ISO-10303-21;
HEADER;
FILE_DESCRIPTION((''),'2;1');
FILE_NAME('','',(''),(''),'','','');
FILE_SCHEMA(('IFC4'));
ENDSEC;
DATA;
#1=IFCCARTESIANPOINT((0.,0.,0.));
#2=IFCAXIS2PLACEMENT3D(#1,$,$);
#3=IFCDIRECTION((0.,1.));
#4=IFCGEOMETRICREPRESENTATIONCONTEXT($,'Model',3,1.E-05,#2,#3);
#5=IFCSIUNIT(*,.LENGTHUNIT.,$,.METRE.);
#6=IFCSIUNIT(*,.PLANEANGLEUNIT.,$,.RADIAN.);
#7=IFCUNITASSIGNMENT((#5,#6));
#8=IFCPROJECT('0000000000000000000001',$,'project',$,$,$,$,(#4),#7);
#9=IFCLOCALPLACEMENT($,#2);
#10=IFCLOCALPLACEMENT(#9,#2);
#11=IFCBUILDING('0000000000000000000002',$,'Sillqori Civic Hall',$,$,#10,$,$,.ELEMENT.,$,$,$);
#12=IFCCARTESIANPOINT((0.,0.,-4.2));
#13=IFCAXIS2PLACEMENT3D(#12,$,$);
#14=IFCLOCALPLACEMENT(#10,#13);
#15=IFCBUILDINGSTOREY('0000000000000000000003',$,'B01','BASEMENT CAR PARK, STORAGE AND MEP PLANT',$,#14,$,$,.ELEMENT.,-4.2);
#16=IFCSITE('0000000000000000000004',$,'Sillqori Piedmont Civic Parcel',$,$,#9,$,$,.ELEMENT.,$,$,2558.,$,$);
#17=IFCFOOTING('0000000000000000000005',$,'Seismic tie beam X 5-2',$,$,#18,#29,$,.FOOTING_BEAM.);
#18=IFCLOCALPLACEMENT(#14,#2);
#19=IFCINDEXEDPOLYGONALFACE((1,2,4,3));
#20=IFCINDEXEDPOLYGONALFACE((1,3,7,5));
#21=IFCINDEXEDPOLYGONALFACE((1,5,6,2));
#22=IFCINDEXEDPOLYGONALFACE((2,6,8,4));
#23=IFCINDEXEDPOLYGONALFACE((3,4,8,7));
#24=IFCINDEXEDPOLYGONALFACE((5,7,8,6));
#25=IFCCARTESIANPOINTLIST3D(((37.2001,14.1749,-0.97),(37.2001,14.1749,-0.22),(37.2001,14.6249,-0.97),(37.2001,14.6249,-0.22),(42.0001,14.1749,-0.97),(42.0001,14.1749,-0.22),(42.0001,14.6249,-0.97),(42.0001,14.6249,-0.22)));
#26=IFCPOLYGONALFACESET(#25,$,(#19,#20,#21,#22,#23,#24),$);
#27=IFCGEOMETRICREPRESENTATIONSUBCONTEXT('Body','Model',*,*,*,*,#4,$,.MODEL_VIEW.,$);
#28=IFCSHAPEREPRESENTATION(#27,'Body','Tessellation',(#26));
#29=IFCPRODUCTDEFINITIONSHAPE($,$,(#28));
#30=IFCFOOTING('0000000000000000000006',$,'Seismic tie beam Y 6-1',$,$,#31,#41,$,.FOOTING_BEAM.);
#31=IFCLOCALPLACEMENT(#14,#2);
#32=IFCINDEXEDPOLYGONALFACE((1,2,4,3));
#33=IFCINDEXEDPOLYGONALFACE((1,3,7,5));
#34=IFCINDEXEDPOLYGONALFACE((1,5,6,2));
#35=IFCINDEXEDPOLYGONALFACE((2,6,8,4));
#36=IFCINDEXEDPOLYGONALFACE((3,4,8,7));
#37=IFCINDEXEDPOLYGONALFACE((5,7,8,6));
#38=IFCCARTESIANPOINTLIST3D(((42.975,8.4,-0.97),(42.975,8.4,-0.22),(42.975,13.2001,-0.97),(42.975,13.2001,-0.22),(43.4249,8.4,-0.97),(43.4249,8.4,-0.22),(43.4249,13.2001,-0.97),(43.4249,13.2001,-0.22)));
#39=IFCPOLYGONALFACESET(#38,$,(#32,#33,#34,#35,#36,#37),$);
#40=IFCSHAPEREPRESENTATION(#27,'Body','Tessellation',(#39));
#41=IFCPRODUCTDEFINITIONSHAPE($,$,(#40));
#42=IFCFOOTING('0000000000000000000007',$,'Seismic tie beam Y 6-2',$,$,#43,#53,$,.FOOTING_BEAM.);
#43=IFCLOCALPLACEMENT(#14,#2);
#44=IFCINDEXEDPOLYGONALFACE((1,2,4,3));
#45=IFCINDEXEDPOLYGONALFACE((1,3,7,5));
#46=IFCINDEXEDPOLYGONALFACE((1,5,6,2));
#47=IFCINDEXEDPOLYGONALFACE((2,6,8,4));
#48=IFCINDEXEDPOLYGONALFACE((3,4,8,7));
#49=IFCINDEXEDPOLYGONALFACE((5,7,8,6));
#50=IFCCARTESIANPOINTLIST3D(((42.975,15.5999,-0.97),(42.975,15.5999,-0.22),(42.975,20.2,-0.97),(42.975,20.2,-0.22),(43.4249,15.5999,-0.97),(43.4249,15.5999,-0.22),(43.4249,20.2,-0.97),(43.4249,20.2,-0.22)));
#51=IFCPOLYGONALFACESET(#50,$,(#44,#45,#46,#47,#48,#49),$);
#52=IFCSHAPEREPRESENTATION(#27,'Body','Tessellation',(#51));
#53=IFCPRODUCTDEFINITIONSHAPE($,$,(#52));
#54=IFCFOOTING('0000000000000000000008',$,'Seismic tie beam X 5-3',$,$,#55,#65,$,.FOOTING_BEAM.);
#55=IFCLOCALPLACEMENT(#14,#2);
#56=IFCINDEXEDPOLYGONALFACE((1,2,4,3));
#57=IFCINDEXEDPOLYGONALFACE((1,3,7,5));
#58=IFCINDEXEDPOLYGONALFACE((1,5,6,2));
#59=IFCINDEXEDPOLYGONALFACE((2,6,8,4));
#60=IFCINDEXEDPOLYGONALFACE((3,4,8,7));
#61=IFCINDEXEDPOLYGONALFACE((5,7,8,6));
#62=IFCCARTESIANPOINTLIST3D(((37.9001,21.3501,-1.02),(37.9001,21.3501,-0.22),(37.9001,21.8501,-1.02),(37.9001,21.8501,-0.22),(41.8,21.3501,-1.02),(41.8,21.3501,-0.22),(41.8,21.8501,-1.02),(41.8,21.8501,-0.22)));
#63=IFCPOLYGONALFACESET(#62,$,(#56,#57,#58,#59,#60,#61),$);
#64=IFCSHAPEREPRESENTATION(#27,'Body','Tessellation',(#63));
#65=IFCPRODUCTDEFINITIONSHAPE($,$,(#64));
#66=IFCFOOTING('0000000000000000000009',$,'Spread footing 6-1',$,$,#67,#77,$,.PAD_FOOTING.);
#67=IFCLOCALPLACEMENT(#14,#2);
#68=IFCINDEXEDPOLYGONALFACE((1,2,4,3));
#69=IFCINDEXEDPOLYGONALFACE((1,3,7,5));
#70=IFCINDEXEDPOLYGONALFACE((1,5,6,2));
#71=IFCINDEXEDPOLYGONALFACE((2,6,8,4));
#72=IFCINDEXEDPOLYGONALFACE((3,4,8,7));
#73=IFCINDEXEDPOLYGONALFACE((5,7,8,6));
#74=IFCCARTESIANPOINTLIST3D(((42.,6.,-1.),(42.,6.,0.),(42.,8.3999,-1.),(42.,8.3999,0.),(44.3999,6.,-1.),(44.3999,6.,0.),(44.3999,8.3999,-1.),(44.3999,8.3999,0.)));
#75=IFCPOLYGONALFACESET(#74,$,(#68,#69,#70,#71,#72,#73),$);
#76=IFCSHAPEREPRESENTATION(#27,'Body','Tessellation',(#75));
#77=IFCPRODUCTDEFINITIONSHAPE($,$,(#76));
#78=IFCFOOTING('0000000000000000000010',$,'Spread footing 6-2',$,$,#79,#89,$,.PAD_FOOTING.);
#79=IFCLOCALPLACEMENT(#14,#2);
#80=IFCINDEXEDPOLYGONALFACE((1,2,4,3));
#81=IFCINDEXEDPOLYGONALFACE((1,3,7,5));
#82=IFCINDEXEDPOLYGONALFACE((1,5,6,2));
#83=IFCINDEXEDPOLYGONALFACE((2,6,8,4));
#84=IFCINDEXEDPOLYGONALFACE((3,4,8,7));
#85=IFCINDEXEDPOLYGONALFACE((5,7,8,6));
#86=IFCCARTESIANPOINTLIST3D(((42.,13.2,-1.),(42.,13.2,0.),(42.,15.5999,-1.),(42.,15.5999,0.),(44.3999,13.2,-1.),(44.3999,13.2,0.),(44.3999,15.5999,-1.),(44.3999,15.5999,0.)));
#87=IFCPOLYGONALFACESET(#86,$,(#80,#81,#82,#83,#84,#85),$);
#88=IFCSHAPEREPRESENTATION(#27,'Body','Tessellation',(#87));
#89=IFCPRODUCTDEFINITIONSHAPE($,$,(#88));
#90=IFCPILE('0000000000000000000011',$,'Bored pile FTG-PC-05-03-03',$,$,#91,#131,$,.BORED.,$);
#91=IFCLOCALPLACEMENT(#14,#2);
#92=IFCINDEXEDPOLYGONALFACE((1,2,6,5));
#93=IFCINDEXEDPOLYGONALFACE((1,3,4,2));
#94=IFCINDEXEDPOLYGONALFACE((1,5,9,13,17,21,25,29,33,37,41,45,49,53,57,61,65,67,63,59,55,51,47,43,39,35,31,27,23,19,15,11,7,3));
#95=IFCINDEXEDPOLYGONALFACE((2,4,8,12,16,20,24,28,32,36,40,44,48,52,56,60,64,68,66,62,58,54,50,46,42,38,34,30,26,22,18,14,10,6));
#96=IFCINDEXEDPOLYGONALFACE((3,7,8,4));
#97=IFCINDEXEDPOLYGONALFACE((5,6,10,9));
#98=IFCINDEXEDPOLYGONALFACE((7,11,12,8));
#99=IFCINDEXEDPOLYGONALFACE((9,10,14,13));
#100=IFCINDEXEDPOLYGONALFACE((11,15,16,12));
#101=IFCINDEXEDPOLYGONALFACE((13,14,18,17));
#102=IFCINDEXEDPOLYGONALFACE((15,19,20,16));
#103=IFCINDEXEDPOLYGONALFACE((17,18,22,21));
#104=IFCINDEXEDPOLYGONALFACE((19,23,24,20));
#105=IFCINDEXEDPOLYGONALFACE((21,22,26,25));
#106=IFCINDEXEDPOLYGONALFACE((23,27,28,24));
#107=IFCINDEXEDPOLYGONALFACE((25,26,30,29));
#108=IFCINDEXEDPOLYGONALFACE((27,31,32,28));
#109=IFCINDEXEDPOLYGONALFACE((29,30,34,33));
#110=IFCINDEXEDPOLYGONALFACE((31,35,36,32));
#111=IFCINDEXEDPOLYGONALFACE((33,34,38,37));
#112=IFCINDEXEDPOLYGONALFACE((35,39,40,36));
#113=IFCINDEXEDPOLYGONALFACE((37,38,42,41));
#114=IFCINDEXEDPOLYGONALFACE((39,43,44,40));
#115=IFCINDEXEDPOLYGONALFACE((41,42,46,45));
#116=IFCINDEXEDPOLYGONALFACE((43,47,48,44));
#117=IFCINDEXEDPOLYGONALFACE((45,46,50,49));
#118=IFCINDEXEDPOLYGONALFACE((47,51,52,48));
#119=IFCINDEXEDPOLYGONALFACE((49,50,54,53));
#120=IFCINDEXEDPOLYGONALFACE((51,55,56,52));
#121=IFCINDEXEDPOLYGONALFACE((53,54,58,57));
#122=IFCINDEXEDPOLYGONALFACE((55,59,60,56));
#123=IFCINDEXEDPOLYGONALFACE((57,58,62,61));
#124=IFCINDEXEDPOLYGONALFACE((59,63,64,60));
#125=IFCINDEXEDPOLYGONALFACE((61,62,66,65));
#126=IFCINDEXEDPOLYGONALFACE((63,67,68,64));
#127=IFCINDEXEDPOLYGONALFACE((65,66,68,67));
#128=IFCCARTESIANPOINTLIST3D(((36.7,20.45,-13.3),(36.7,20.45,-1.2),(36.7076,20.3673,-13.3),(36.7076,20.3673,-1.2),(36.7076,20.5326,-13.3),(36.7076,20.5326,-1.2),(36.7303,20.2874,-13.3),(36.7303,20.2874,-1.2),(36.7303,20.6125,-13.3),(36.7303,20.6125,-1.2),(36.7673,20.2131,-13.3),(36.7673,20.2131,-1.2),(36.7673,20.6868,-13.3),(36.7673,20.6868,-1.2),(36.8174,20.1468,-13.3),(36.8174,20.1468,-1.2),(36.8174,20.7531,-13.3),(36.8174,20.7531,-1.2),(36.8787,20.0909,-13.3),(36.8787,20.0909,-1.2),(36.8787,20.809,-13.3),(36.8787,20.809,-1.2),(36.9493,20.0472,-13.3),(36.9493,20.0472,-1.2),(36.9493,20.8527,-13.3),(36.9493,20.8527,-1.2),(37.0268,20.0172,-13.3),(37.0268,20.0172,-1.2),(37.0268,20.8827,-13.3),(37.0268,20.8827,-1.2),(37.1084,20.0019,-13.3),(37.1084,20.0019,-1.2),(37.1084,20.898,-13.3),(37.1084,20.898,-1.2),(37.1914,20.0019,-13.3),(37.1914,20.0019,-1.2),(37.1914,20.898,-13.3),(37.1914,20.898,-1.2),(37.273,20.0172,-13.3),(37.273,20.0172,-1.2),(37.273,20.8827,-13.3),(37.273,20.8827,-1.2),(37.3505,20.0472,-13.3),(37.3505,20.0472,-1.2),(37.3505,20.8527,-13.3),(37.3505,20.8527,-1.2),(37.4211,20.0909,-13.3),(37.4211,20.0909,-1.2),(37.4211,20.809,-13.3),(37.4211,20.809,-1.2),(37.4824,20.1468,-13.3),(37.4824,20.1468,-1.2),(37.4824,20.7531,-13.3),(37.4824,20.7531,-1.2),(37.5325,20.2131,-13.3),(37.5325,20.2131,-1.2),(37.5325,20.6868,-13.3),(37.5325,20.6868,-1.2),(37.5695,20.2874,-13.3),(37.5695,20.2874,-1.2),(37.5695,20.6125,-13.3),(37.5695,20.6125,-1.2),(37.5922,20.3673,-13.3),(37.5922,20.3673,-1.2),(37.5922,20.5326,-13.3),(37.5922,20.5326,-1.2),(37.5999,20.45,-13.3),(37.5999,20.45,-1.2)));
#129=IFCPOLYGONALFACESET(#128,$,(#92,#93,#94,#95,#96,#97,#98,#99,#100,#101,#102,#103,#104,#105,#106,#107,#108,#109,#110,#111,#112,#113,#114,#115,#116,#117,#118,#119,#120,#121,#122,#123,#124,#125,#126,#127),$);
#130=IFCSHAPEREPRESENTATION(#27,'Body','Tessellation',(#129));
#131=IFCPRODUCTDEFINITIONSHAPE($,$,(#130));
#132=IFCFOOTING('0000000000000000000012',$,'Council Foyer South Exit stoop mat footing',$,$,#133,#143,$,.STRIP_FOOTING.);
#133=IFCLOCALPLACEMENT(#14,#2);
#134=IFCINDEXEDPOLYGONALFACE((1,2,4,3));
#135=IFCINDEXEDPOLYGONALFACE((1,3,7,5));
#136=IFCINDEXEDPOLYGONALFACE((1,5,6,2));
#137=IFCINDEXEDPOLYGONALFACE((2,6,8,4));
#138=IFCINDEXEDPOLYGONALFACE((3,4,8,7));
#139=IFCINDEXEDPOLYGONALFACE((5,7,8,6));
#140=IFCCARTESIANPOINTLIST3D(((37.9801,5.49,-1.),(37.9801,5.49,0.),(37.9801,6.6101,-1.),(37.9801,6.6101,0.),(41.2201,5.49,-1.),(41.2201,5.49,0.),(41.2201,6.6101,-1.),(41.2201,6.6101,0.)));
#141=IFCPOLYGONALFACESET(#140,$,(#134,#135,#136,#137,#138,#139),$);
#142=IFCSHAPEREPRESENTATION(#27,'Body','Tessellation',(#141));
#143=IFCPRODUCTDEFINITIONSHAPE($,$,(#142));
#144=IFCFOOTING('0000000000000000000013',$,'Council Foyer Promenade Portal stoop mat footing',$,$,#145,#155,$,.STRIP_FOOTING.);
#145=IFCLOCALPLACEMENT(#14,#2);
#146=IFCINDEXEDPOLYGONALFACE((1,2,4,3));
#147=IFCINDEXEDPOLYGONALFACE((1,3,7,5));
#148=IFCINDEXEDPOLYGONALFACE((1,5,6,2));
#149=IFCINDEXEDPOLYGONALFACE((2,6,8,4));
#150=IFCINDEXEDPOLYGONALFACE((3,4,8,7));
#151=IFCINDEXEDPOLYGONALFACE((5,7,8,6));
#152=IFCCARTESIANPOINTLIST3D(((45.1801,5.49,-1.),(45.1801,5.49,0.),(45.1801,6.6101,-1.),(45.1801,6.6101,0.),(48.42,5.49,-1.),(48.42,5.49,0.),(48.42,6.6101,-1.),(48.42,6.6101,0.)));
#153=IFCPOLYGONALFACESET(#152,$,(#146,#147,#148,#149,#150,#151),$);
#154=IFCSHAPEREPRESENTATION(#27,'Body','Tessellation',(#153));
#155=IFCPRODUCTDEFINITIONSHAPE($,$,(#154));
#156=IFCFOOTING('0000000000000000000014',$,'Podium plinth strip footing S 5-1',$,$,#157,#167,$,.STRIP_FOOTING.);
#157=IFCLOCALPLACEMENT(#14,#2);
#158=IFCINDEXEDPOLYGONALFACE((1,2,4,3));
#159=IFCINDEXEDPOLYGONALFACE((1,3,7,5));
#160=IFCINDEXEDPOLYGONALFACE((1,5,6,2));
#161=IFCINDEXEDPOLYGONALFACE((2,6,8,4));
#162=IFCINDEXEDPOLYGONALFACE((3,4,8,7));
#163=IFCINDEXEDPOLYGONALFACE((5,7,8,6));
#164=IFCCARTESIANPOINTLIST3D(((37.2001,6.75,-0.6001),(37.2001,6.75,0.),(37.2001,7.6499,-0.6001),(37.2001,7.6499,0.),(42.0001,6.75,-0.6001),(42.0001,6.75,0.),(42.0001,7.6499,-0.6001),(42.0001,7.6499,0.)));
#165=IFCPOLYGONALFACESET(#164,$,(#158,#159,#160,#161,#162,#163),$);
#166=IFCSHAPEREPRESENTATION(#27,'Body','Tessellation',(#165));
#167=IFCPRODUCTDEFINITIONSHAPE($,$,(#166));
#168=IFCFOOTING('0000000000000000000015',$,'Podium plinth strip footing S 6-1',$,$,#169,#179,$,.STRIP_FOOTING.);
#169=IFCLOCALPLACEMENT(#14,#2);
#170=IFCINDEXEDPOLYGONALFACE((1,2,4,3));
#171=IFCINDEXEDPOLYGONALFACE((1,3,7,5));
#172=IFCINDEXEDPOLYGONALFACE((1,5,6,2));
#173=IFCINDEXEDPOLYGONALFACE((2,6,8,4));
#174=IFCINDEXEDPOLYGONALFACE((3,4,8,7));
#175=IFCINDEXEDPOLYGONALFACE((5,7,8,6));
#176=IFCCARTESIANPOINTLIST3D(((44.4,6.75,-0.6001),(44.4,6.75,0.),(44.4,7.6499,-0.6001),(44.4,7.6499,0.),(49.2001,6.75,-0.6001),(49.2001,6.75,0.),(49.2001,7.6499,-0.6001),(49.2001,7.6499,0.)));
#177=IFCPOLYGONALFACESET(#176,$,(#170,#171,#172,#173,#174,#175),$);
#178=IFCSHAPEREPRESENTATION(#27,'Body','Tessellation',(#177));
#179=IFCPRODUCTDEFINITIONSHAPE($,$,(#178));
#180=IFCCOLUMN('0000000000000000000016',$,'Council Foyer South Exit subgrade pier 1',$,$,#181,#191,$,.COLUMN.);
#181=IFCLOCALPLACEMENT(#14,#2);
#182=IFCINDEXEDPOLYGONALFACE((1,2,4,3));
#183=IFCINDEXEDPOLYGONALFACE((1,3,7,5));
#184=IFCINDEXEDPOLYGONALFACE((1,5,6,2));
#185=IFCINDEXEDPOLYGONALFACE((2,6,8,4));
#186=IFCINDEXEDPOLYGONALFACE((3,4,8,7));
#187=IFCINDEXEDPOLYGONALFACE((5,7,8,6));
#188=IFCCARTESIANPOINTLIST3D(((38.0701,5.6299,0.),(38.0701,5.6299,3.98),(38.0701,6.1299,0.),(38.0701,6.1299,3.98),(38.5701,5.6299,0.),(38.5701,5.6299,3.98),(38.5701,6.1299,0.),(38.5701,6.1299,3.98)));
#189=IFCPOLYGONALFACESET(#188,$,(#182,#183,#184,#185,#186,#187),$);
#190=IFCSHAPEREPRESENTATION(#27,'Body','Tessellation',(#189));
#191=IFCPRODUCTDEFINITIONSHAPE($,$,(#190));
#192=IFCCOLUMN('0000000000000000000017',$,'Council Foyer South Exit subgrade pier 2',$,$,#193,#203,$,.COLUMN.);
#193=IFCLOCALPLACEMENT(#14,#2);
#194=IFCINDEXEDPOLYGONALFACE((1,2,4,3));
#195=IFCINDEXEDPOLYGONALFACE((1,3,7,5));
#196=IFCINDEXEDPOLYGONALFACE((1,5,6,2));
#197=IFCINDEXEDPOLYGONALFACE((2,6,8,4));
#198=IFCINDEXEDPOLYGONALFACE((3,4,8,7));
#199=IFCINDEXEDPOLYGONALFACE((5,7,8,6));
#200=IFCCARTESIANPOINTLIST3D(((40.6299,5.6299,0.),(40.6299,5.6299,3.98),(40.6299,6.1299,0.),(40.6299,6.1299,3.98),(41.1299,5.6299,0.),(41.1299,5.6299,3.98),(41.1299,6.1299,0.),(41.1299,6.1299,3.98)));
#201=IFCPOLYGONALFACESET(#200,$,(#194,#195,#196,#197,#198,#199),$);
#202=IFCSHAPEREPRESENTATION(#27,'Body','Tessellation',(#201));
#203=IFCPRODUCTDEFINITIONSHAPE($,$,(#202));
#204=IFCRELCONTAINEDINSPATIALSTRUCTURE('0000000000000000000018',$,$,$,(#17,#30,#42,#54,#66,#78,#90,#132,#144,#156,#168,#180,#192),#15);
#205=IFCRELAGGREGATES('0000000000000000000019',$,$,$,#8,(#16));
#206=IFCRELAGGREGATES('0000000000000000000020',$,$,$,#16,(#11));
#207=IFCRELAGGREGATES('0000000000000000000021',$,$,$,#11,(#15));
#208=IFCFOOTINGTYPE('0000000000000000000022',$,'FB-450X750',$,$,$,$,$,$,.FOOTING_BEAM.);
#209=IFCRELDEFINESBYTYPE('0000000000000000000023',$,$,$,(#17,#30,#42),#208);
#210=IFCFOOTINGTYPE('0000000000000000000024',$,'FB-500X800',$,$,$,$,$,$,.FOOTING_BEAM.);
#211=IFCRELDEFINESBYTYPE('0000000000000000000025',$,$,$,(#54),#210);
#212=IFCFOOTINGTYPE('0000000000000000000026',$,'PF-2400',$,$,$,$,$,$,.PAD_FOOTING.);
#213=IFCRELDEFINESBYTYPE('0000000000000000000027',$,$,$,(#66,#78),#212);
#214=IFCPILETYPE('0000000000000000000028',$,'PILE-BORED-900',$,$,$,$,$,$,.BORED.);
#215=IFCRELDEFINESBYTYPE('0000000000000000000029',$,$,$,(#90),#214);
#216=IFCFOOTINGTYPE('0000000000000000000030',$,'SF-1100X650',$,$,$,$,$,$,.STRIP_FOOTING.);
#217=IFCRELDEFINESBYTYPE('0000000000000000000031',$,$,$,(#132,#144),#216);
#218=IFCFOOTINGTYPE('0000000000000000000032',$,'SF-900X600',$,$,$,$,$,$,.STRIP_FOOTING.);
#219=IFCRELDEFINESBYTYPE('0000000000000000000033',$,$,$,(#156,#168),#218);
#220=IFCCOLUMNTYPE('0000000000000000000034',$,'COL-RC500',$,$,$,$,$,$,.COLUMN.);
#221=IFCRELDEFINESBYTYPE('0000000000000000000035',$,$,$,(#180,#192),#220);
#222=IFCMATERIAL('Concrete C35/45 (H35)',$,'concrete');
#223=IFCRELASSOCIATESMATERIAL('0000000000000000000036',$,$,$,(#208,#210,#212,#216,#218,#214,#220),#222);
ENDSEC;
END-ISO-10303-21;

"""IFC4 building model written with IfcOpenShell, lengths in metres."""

from ifc_helpers import new_model, si_unit, direction, frame, origin, origin_2d, place, context, subcontext, project, spatial, rectangle, circle, extrude, material, material_profile, profile_set, type_object, element, save


model = new_model("IFC4")

# Units and contexts
model_context = context("Model", 3, precision=1e-05, world=origin(), true_north=direction((0.0, 1.0)))
body_context = subcontext(model_context, "Body", "Model", "MODEL_VIEW")
ifc_project = project(units=[si_unit("LENGTHUNIT", "METRE"), si_unit("PLANEANGLEUNIT", "RADIAN")], contexts=[model_context])

# Site, building, storey
site_placement = place(None, origin())
site = spatial("IfcSite", under=ifc_project, at=site_placement, Name="Sillqori Piedmont Civic Parcel", CompositionType="ELEMENT", RefElevation=2558.0)
building_placement = place(site_placement, origin())
building = spatial("IfcBuilding", under=site, at=building_placement, Name="Sillqori Civic Hall", CompositionType="ELEMENT")
storey_placement = place(building_placement, frame((0.0, 0.0, -4.2)))
storey = spatial("IfcBuildingStorey", under=building, at=storey_placement, Name="B01", Description="BASEMENT CAR PARK, STORAGE AND MEP PLANT", CompositionType="ELEMENT", Elevation=-4.2)

# Footings
ifc_material = material(Name="Concrete C35/45 (H35)", Category="concrete")
footing_type_1 = type_object("IfcFootingType", Name="FB-450X750", PredefinedType="FOOTING_BEAM", material=ifc_material)
footing_1_placement = place(storey_placement, frame((39.6001, 14.3999, -0.97), z_axis=(0.0, 0.0, 1.0), x_axis=(1.0, 0.0, 0.0)))
element("IfcFooting", 1, at=footing_1_placement, inside=storey, type_object=footing_type_1, Name="Seismic tie beam X 5-2", PredefinedType="FOOTING_BEAM", context=body_context, shape_type="SweptSolid", body=[
    extrude(rectangle(XDim=4.8, YDim=0.45, at=origin_2d()), origin(), (0.0, 0.0, 1.0), 0.75),
])
footing_2_placement = place(storey_placement, frame((43.2, 10.8, -0.97), z_axis=(0.0, 0.0, 1.0), x_axis=(1.0, 0.0, 0.0)))
element("IfcFooting", 2, at=footing_2_placement, inside=storey, type_object=footing_type_1, Name="Seismic tie beam Y 6-1", PredefinedType="FOOTING_BEAM", context=body_context, shape_type="SweptSolid", body=[
    extrude(rectangle(XDim=0.45, YDim=4.8, at=origin_2d()), origin(), (0.0, 0.0, 1.0), 0.75),
])
footing_3_placement = place(storey_placement, frame((43.2, 17.8999, -0.97), z_axis=(0.0, 0.0, 1.0), x_axis=(1.0, 0.0, 0.0)))
element("IfcFooting", 3, at=footing_3_placement, inside=storey, type_object=footing_type_1, Name="Seismic tie beam Y 6-2", PredefinedType="FOOTING_BEAM", context=body_context, shape_type="SweptSolid", body=[
    extrude(rectangle(XDim=0.45, YDim=4.6001, at=origin_2d()), origin(), (0.0, 0.0, 1.0), 0.75),
])
footing_type_2 = type_object("IfcFootingType", Name="FB-500X800", PredefinedType="FOOTING_BEAM", material=ifc_material)
footing_4_placement = place(storey_placement, frame((39.8501, 21.6001, -1.02), z_axis=(0.0, 0.0, 1.0), x_axis=(1.0, 0.0, 0.0)))
element("IfcFooting", 4, at=footing_4_placement, inside=storey, type_object=footing_type_2, Name="Seismic tie beam X 5-3", PredefinedType="FOOTING_BEAM", context=body_context, shape_type="SweptSolid", body=[
    extrude(rectangle(XDim=3.8999, YDim=0.5, at=origin_2d()), origin(), (0.0, 0.0, 1.0), 0.8),
])
footing_type_3 = type_object("IfcFootingType", Name="PF-2400", PredefinedType="PAD_FOOTING", material=ifc_material)
for number, where, z_axis, x_axis, name in (
    (5, (43.2, 7.2, -1.0), (0.0, 0.0, 1.0), (1.0, 0.0, 0.0), "Spread footing 6-1"),
    (6, (43.2, 14.3999, -1.0), (0.0, 0.0, 1.0), (1.0, 0.0, 0.0), "Spread footing 6-2"),
):
    element("IfcFooting", number, at=place(storey_placement, frame(where, z_axis=z_axis, x_axis=x_axis)), inside=storey, type_object=footing_type_3, Name=name, PredefinedType="PAD_FOOTING", context=body_context, shape_type="SweptSolid", body=[
        extrude(rectangle(XDim=2.3999, YDim=2.3999, at=origin_2d()), origin(), (0.0, 0.0, 1.0), 1.0),
    ])

# Pile
ifc_material_profile_1 = material_profile(ifc_material, circle(Radius=0.45, at=origin_2d()), Name="BORED PILE 900")
ifc_profile_set_1 = profile_set([ifc_material_profile_1], Name="Concrete C35/45 (H35)")
pile_type = type_object("IfcPileType", Name="PILE-BORED-900", PredefinedType="BORED", material=ifc_profile_set_1)
pile_placement = place(storey_placement, frame((37.1499, 20.45, -1.2), z_axis=(0.0, 0.0, -1.0), x_axis=(1.0, 0.0, 0.0)))
element("IfcPile", 7, at=pile_placement, inside=storey, type_object=pile_type, Name="Bored pile FTG-PC-05-03-03", PredefinedType="BORED", context=body_context, shape_type="SweptSolid", body=[
    extrude(circle(Radius=0.45, at=origin_2d()), origin(), (0.0, 0.0, 1.0), 12.1001),
])

# Footings
footing_type_4 = type_object("IfcFootingType", Name="SF-1100X650", PredefinedType="STRIP_FOOTING", material=ifc_material)
for number, where, z_axis, x_axis, name in (
    (8, (39.6001, 6.05, -1.0), (0.0, 0.0, 1.0), (1.0, 0.0, 0.0), "Council Foyer South Exit stoop mat footing"),
    (9, (46.8, 6.05, -1.0), (0.0, 0.0, 1.0), (1.0, 0.0, 0.0), "Council Foyer Promenade Portal stoop mat footing"),
):
    element("IfcFooting", number, at=place(storey_placement, frame(where, z_axis=z_axis, x_axis=x_axis)), inside=storey, type_object=footing_type_4, Name=name, PredefinedType="STRIP_FOOTING", context=body_context, shape_type="SweptSolid", body=[
        extrude(rectangle(XDim=3.24, YDim=1.1201, at=origin_2d()), origin(), (0.0, 0.0, 1.0), 1.0),
    ])
footing_type_5 = type_object("IfcFootingType", Name="SF-900X600", PredefinedType="STRIP_FOOTING", material=ifc_material)
for number, where, z_axis, x_axis, name in (
    (10, (39.6001, 7.2, -0.6001), (0.0, 0.0, 1.0), (1.0, 0.0, 0.0), "Podium plinth strip footing S 5-1"),
    (11, (46.8, 7.2, -0.6001), (0.0, 0.0, 1.0), (1.0, 0.0, 0.0), "Podium plinth strip footing S 6-1"),
):
    element("IfcFooting", number, at=place(storey_placement, frame(where, z_axis=z_axis, x_axis=x_axis)), inside=storey, type_object=footing_type_5, Name=name, PredefinedType="STRIP_FOOTING", context=body_context, shape_type="SweptSolid", body=[
        extrude(rectangle(XDim=4.8, YDim=0.8999, at=origin_2d()), origin(), (0.0, 0.0, 1.0), 0.6001),
    ])

# Columns
ifc_material_profile_2 = material_profile(ifc_material, rectangle(XDim=0.5, YDim=0.5, at=origin_2d()), Name="RC 500x500")
ifc_profile_set_2 = profile_set([ifc_material_profile_2], Name="Concrete C35/45 (H35)")
column_type_1 = type_object("IfcColumnType", Name="COL-RC500", PredefinedType="COLUMN", material=ifc_profile_set_2)
for number, where, z_axis, x_axis, name in (
    (12, (38.3201, 5.8799, 0.0), (0.0, 0.0, 1.0), (1.0, 0.0, 0.0), "Council Foyer South Exit subgrade pier 1"),
    (13, (40.8799, 5.8799, 0.0), (0.0, 0.0, 1.0), (1.0, 0.0, 0.0), "Council Foyer South Exit subgrade pier 2"),
):
    element("IfcColumn", number, at=place(storey_placement, frame(where, z_axis=z_axis, x_axis=x_axis)), inside=storey, type_object=column_type_1, Name=name, PredefinedType="COLUMN", context=body_context, shape_type="SweptSolid", body=[
        extrude(rectangle(XDim=0.5, YDim=0.5, at=origin_2d()), origin(), (0.0, 0.0, 1.0), 3.98),
    ])

save(model, "model.ifc")
